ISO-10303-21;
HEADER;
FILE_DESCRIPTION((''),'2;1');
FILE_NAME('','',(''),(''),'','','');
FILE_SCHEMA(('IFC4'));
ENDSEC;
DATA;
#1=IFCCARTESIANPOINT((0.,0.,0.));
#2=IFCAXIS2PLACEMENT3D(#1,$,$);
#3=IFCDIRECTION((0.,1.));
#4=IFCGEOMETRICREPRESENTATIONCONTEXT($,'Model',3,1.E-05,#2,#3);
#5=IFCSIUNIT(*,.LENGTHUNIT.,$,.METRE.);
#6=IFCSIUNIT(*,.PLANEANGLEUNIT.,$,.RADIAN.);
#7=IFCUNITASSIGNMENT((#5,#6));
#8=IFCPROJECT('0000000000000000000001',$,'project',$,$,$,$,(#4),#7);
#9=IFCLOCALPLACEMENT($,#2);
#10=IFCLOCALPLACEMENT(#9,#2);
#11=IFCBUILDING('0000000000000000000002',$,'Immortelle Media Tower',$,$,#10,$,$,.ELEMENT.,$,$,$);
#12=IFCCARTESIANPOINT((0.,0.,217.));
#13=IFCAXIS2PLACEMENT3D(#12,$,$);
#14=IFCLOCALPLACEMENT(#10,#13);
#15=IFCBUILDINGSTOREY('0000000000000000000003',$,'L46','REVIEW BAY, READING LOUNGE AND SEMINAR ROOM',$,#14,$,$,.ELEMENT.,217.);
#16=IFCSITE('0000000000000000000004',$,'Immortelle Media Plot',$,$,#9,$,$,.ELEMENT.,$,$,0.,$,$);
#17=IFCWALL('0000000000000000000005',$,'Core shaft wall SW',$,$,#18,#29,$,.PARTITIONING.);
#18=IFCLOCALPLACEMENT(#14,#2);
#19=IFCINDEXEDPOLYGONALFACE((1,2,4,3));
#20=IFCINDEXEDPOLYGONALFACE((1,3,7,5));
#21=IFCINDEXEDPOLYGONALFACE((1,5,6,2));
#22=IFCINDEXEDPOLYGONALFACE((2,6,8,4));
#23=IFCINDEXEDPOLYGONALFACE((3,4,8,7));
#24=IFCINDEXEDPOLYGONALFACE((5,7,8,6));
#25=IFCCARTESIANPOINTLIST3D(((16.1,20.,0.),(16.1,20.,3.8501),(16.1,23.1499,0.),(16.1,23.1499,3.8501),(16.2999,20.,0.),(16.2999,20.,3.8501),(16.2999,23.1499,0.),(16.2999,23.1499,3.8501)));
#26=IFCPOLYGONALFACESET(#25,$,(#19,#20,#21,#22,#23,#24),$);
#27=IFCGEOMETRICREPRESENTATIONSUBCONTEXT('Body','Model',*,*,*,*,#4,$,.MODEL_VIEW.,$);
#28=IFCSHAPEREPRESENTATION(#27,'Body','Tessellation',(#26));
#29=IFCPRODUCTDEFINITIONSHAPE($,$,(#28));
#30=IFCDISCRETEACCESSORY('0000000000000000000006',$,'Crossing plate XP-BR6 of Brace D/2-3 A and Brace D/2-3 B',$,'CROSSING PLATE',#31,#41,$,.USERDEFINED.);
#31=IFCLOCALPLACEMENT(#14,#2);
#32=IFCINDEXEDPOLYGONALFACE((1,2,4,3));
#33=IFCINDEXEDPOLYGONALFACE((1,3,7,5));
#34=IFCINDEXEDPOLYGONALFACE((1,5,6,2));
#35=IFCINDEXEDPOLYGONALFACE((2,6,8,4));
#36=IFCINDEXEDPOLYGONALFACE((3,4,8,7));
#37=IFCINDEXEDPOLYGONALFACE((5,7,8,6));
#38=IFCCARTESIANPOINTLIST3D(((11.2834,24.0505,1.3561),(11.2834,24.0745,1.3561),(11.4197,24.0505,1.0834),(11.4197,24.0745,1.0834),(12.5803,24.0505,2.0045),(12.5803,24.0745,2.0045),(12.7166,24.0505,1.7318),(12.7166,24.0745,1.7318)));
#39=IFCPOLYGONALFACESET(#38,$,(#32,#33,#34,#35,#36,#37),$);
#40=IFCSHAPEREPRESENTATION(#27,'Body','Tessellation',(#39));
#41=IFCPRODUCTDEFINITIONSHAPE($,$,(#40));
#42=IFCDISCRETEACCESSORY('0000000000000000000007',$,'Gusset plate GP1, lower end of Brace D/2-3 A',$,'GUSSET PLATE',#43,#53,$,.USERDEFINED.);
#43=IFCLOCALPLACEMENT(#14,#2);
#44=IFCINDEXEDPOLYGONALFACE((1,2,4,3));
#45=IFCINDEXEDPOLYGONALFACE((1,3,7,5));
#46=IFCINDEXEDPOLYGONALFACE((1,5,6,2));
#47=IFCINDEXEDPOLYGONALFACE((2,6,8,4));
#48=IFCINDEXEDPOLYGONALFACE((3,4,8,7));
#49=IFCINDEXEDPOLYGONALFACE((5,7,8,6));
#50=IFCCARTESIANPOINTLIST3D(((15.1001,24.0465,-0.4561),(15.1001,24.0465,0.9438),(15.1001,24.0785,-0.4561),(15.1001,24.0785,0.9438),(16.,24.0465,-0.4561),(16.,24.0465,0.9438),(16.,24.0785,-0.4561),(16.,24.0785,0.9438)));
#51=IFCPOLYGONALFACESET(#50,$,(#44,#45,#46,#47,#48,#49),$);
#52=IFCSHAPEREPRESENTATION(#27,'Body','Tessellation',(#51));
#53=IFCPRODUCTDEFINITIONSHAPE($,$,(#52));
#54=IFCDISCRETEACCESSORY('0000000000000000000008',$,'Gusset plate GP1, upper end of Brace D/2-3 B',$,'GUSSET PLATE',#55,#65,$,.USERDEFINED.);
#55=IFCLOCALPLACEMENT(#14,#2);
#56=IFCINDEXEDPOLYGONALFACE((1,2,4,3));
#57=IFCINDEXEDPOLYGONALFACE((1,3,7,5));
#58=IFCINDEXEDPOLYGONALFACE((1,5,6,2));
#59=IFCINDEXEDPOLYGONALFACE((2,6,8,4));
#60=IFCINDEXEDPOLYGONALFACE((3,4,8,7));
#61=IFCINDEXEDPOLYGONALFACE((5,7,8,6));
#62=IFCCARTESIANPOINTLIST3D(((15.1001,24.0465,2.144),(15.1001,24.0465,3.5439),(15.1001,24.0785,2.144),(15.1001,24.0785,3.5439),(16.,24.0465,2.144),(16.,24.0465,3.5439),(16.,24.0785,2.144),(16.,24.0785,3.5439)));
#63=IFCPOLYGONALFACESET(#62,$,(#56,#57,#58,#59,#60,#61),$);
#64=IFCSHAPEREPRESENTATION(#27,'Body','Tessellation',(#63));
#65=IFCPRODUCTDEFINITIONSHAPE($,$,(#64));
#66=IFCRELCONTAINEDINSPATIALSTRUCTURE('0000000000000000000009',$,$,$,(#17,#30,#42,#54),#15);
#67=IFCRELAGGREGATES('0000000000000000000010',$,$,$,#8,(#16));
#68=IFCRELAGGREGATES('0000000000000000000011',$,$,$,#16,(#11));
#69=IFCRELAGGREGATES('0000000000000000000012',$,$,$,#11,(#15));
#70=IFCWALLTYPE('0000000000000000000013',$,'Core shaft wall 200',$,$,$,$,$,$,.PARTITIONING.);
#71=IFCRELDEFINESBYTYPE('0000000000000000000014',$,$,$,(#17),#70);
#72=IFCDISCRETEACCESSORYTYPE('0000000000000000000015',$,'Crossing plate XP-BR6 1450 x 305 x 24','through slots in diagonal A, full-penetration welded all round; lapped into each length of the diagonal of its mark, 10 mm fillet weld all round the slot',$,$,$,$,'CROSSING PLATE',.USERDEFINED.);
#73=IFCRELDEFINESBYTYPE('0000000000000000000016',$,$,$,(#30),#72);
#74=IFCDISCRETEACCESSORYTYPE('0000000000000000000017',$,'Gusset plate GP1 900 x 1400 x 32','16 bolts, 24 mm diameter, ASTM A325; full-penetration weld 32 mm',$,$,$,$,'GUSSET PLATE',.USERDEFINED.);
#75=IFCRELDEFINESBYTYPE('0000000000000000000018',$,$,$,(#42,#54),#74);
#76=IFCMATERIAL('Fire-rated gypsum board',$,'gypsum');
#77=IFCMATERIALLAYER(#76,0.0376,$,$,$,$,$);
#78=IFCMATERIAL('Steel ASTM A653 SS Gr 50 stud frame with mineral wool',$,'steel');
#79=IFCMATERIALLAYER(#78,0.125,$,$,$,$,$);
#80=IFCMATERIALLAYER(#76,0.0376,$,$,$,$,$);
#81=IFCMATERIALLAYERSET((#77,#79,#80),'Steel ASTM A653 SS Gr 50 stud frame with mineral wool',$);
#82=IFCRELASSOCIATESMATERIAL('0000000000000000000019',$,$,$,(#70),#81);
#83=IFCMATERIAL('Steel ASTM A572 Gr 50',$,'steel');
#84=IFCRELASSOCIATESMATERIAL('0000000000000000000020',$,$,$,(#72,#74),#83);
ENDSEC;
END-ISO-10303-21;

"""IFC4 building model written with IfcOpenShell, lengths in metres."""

from ifc_helpers import new_model, si_unit, direction, frame, frame_2d, origin, origin_2d, place, context, subcontext, project, spatial, rectangle, extrude, material, layer, layer_set, material_profile, profile_set, type_object, element, save


model = new_model("IFC4")

# Units and contexts
model_context = context("Model", 3, precision=1e-05, world=origin(), true_north=direction((0.0, 1.0)))
body_context = subcontext(model_context, "Body", "Model", "MODEL_VIEW")
ifc_project = project(units=[si_unit("LENGTHUNIT", "METRE"), si_unit("PLANEANGLEUNIT", "RADIAN")], contexts=[model_context])

# Site, building, storey
site_placement = place(None, origin())
site = spatial("IfcSite", under=ifc_project, at=site_placement, Name="Immortelle Media Plot", CompositionType="ELEMENT", RefElevation=0.0)
building_placement = place(site_placement, origin())
building = spatial("IfcBuilding", under=site, at=building_placement, Name="Immortelle Media Tower", CompositionType="ELEMENT")
storey_placement = place(building_placement, frame((0.0, 0.0, 217.0)))
storey = spatial("IfcBuildingStorey", under=building, at=storey_placement, Name="L46", Description="REVIEW BAY, READING LOUNGE AND SEMINAR ROOM", CompositionType="ELEMENT", Elevation=217.0)

# Shared definitions
ifc_material_1 = material(Name="Fire-rated gypsum board", Category="gypsum")
ifc_material_2 = material(Name="Steel ASTM A653 SS Gr 50 stud frame with mineral wool", Category="steel")

# Shared definitions
ifc_layer_1 = layer(ifc_material_1, 0.0376)
ifc_layer_2 = layer(ifc_material_2, 0.125)
ifc_layer_3 = layer(ifc_material_1, 0.0376)
ifc_layer_set_1 = layer_set([ifc_layer_1, ifc_layer_2, ifc_layer_3], Name="Steel ASTM A653 SS Gr 50 stud frame with mineral wool")
wall_type_1 = type_object("IfcWallType", Name="Core shaft wall 200", PredefinedType="PARTITIONING", material=ifc_layer_set_1)

# Wall
wall_1_placement = place(storey_placement, frame((16.2, 20.0, 0.0), z_axis=(0.0, 0.0, 1.0), x_axis=(0.0, 1.0, 0.0)))
element("IfcWall", 1, at=wall_1_placement, inside=storey, type_object=wall_type_1, Name="Core shaft wall SW", PredefinedType="PARTITIONING", context=body_context, shape_type="SweptSolid", body=[
    extrude(rectangle(XDim=3.1499, YDim=0.2, at=frame_2d((1.575, 0.0))), origin(), (0.0, 0.0, 1.0), 3.8501),
])

# Discrete accessories
ifc_material_3 = material(Name="Steel ASTM A572 Gr 50", Category="steel")
ifc_material_profile_1 = material_profile(ifc_material_3, rectangle(XDim=0.0239, YDim=0.3049, at=origin_2d()), Name="PL 24 x 305")
ifc_profile_set_1 = profile_set([ifc_material_profile_1], Name="Steel ASTM A572 Gr 50")
discrete_accessory_type_1 = type_object("IfcDiscreteAccessoryType", Name="Crossing plate XP-BR6 1450 x 305 x 24", Description="through slots in diagonal A, full-penetration welded all round; lapped into each length of the diagonal of its mark, 10 mm fillet weld all round the slot", ElementType="CROSSING PLATE", PredefinedType="USERDEFINED", material=ifc_profile_set_1)
discrete_accessory_placement = place(storey_placement, frame((12.6484, 24.0625, 1.8682), z_axis=(-0.894427, 0.0, -0.447214), x_axis=(0.0, -1.0, 0.0)))
element("IfcDiscreteAccessory", 2, at=discrete_accessory_placement, inside=storey, type_object=discrete_accessory_type_1, Name="Crossing plate XP-BR6 of Brace D/2-3 A and Brace D/2-3 B", ObjectType="CROSSING PLATE", PredefinedType="USERDEFINED", context=body_context, shape_type="SweptSolid", body=[
    extrude(rectangle(XDim=0.0239, YDim=0.3049, at=origin_2d()), origin(), (0.0, 0.0, 1.0), 1.45),
])
ifc_material_profile_2 = material_profile(ifc_material_3, rectangle(XDim=0.032, YDim=1.3999, at=origin_2d()), Name="PL 32 x 1400")
ifc_profile_set_2 = profile_set([ifc_material_profile_2], Name="Steel ASTM A572 Gr 50")
discrete_accessory_type_2 = type_object("IfcDiscreteAccessoryType", Name="Gusset plate GP1 900 x 1400 x 32", Description="16 bolts, 24 mm diameter, ASTM A325; full-penetration weld 32 mm", ElementType="GUSSET PLATE", PredefinedType="USERDEFINED", material=ifc_profile_set_2)
for number, where, z_axis, x_axis, name in (
    (3, (16.0, 24.0625, 0.2439), (-1.0, 0.0, 0.0), (0.0, -1.0, 0.0), "Gusset plate GP1, lower end of Brace D/2-3 A"),
    (4, (16.0, 24.0625, 2.844), (-1.0, 0.0, 0.0), (0.0, -1.0, 0.0), "Gusset plate GP1, upper end of Brace D/2-3 B"),
):
    element("IfcDiscreteAccessory", number, at=place(storey_placement, frame(where, z_axis=z_axis, x_axis=x_axis)), inside=storey, type_object=discrete_accessory_type_2, Name=name, ObjectType="GUSSET PLATE", PredefinedType="USERDEFINED", context=body_context, shape_type="SweptSolid", body=[
        extrude(rectangle(XDim=0.032, YDim=1.3999, at=origin_2d()), origin(), (0.0, 0.0, 1.0), 0.8999),
    ])

save(model, "model.ifc")
